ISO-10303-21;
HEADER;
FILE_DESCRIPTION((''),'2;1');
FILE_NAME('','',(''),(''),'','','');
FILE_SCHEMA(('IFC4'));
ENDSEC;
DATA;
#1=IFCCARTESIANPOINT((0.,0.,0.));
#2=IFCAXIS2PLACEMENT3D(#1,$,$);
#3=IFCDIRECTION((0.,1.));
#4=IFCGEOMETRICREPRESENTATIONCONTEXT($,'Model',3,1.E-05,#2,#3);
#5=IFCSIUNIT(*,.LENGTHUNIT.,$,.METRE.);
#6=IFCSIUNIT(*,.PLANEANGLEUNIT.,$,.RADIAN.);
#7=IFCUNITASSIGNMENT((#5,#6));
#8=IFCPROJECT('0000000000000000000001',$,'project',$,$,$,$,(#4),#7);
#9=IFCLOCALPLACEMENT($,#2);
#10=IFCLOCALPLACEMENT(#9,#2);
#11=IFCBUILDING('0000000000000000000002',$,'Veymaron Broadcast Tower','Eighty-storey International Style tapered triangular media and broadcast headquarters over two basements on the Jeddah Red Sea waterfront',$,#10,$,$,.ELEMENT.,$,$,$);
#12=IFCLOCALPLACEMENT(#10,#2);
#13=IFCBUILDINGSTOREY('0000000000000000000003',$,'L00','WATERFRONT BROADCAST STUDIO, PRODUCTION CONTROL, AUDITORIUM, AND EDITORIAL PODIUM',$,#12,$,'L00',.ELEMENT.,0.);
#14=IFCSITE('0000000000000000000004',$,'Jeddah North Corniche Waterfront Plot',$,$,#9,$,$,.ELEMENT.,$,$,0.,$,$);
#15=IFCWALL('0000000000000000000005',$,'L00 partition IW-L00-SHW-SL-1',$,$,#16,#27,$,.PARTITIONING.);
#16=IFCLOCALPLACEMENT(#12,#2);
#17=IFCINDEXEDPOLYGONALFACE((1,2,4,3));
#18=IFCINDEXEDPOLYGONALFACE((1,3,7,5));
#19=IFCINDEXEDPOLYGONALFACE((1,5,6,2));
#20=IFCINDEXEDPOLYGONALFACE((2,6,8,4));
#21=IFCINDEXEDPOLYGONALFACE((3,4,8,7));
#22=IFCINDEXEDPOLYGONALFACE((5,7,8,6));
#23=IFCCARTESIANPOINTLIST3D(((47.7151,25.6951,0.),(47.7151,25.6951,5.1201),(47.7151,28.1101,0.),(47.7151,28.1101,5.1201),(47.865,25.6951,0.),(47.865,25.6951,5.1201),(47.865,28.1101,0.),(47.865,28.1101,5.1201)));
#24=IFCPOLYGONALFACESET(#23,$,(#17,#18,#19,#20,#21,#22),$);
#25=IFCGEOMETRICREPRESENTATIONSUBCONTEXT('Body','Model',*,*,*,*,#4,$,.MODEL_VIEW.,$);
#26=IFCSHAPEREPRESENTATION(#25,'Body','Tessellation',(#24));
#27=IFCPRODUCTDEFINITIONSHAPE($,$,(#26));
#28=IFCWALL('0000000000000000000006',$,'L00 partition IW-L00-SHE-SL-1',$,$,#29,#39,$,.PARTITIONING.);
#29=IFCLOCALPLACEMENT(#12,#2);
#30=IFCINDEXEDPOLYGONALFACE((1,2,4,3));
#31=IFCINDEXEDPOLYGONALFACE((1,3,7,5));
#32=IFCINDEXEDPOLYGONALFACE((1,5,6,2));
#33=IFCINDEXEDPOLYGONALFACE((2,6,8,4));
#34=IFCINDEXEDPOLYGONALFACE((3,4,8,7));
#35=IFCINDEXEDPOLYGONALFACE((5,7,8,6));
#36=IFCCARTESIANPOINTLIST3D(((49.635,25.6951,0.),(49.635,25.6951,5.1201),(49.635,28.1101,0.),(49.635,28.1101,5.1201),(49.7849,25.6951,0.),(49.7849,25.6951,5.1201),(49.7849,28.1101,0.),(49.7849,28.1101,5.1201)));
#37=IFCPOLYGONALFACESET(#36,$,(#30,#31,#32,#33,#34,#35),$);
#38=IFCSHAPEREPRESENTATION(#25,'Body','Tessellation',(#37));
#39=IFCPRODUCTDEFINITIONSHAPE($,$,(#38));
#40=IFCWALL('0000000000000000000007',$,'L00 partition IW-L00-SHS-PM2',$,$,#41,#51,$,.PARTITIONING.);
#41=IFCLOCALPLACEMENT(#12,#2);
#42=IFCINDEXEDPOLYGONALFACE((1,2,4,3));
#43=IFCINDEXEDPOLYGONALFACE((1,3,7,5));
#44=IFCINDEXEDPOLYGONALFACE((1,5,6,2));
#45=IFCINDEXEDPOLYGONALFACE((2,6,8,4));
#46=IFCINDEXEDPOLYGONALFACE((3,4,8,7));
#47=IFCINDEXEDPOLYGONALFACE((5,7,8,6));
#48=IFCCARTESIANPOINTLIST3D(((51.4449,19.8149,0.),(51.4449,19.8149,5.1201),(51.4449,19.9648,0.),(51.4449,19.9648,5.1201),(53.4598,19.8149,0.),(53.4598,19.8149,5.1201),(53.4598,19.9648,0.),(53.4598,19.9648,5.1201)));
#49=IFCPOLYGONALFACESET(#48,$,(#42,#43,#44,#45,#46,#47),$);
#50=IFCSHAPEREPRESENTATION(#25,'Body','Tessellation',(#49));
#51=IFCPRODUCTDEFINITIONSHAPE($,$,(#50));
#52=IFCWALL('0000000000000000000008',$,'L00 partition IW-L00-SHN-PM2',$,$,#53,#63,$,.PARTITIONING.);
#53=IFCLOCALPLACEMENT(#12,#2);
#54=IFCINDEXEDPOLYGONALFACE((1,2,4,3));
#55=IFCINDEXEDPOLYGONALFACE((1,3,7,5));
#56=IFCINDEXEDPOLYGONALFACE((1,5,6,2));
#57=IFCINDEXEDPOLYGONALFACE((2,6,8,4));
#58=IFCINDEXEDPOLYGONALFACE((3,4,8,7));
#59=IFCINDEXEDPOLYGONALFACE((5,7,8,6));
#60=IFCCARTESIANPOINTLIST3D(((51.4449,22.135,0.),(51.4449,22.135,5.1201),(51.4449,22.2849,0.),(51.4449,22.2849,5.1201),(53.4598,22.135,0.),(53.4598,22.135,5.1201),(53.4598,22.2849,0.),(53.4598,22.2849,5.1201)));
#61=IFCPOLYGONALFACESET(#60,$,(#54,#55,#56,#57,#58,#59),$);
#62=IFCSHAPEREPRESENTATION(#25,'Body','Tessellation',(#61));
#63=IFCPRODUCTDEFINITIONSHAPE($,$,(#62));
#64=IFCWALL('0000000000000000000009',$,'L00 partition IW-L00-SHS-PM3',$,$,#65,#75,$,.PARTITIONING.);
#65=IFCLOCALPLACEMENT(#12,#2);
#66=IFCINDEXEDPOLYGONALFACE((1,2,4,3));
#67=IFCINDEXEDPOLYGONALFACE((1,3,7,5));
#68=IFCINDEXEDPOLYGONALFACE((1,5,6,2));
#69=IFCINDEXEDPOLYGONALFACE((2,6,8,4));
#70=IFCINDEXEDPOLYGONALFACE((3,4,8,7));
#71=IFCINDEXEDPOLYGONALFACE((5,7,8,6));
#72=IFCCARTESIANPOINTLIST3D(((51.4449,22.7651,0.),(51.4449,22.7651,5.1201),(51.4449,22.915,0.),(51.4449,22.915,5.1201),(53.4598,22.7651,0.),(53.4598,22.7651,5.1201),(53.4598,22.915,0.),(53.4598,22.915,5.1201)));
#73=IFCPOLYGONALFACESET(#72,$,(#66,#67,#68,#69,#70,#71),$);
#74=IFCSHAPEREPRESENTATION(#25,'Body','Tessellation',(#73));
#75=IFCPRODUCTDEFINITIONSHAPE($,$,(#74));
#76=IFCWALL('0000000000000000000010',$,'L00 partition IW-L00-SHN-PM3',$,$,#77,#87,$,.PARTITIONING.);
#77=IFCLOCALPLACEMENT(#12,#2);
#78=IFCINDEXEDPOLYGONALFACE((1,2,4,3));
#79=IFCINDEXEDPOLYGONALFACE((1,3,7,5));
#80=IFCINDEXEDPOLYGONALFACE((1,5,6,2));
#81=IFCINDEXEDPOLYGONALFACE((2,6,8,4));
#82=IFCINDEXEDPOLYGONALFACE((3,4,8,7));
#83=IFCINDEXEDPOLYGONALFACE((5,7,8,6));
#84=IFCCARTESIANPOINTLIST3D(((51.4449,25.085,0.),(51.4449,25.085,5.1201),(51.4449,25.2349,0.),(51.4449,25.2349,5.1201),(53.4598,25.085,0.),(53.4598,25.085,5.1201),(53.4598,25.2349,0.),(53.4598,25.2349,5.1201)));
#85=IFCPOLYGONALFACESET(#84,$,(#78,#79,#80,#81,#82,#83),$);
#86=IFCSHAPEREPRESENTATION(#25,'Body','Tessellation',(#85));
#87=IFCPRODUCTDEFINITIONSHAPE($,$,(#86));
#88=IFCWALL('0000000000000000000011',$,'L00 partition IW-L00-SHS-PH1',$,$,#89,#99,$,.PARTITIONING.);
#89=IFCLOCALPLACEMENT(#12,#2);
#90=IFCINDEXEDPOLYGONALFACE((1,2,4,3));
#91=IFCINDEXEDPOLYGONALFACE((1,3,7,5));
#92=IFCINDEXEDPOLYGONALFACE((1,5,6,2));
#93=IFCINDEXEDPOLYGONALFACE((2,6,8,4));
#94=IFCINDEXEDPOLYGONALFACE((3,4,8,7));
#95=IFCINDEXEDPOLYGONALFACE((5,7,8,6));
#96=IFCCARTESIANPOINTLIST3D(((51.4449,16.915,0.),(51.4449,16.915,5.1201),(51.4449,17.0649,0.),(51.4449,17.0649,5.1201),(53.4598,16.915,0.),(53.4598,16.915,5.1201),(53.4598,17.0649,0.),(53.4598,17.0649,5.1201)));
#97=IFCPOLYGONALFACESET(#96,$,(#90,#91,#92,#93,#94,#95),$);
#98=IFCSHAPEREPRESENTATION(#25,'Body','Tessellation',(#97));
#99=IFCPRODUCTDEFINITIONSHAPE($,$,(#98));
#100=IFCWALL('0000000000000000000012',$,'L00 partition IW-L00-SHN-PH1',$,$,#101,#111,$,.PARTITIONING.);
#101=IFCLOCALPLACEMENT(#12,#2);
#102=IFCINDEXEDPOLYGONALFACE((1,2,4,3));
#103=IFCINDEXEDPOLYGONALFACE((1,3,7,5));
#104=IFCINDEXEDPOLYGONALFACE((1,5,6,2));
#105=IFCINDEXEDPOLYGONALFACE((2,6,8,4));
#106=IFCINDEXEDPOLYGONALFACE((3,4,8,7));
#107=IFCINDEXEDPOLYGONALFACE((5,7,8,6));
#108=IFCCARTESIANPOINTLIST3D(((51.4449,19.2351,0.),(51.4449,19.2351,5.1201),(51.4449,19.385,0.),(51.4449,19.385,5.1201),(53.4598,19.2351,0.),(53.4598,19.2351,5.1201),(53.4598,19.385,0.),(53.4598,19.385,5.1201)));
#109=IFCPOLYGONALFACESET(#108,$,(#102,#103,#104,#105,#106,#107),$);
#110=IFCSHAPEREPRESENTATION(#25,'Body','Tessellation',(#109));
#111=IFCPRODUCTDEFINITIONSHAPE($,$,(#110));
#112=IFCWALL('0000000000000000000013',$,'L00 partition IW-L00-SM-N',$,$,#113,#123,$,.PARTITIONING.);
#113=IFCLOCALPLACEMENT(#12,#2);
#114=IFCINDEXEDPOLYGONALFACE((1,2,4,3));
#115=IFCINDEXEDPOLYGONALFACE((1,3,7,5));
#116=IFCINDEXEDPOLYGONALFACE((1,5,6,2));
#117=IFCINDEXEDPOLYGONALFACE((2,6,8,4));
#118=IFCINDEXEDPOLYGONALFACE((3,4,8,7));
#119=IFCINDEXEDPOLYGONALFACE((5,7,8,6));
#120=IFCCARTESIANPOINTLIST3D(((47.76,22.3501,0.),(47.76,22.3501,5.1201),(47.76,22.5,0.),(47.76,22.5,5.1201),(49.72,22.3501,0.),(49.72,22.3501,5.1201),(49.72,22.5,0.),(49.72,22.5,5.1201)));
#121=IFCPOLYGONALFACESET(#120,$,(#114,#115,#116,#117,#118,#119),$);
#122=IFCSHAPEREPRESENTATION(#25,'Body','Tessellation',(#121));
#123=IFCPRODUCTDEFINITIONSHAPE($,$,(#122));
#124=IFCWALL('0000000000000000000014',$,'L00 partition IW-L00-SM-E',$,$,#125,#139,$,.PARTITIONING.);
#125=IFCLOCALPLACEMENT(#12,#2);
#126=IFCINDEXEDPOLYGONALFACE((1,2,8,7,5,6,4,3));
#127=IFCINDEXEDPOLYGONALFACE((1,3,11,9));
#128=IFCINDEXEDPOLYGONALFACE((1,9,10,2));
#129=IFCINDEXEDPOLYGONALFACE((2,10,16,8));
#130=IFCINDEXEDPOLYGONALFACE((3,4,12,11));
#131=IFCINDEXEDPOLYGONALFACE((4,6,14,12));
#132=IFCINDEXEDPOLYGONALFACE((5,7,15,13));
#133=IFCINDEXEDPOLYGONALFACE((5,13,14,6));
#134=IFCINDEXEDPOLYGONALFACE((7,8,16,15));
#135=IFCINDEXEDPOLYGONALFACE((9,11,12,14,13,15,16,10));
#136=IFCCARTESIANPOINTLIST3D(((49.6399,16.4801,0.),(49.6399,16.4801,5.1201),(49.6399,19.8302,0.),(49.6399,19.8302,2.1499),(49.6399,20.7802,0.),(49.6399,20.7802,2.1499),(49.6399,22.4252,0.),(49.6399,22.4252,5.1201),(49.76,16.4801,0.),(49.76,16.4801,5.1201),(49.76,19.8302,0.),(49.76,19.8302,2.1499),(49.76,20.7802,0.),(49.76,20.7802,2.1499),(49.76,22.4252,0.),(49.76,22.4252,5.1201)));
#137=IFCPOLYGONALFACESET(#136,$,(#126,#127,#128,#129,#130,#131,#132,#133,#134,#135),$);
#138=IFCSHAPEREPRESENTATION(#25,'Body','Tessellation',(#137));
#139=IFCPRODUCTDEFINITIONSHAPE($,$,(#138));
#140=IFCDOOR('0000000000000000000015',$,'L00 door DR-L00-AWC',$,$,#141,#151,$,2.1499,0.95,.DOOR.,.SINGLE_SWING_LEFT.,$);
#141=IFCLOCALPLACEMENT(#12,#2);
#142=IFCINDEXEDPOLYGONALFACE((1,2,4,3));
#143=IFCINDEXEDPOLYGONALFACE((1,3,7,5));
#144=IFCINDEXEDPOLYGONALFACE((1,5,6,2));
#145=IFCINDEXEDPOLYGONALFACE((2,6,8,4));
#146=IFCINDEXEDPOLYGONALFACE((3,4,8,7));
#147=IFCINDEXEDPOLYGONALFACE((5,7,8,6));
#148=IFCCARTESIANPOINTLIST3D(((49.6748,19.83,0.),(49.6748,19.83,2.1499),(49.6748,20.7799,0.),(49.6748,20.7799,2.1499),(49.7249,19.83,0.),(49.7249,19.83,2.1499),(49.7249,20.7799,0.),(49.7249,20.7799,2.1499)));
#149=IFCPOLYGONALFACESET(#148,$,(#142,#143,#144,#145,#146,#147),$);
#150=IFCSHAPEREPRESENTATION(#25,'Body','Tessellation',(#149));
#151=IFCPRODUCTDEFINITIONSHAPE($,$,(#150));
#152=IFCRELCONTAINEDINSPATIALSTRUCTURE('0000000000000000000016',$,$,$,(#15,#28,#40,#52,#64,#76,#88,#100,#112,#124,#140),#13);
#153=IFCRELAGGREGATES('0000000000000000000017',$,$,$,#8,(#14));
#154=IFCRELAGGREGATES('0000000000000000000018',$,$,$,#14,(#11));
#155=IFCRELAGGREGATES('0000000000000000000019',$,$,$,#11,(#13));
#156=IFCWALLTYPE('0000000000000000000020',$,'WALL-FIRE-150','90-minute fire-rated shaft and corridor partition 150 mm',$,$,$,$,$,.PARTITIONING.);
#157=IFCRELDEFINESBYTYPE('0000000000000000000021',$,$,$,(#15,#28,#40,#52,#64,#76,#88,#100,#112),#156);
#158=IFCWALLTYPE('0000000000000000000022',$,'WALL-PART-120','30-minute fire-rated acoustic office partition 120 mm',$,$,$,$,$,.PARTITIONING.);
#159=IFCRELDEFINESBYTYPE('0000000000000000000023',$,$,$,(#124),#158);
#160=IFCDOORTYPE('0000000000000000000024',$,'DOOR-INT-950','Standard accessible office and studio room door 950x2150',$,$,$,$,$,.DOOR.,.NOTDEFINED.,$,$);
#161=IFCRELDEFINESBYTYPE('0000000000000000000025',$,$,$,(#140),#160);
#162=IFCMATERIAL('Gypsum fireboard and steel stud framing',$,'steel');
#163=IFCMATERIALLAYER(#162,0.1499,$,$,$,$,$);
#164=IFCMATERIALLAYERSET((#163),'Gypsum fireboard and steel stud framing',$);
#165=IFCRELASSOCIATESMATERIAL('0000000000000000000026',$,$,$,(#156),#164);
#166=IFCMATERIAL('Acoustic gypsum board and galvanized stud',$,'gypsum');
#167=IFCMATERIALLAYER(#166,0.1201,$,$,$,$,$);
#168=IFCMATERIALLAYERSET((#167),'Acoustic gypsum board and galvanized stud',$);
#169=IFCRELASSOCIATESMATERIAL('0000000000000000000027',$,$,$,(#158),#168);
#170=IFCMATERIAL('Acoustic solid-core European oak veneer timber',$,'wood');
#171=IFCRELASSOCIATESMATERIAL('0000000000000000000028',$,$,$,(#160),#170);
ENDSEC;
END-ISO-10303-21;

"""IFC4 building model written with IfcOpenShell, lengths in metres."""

from ifc_helpers import new_model, si_unit, direction, frame, frame_2d, origin, place, context, subcontext, project, spatial, rectangle, extrude, material, layer, layer_set, type_object, element, fill, save


model = new_model("IFC4")

# Units and contexts
model_context = context("Model", 3, precision=1e-05, world=origin(), true_north=direction((0.0, 1.0)))
body_context = subcontext(model_context, "Body", "Model", "MODEL_VIEW")
ifc_project = project(units=[si_unit("LENGTHUNIT", "METRE"), si_unit("PLANEANGLEUNIT", "RADIAN")], contexts=[model_context])

# Site, building, storey
site_placement = place(None, origin())
site = spatial("IfcSite", under=ifc_project, at=site_placement, Name="Jeddah North Corniche Waterfront Plot", CompositionType="ELEMENT", RefElevation=0.0)
building_placement = place(site_placement, origin())
building = spatial("IfcBuilding", under=site, at=building_placement, Name="Veymaron Broadcast Tower", Description="Eighty-storey International Style tapered triangular media and broadcast headquarters over two basements on the Jeddah Red Sea waterfront", CompositionType="ELEMENT")
storey_placement = place(building_placement, origin())
storey = spatial("IfcBuildingStorey", under=building, at=storey_placement, Name="L00", Description="WATERFRONT BROADCAST STUDIO, PRODUCTION CONTROL, AUDITORIUM, AND EDITORIAL PODIUM", LongName="L00", CompositionType="ELEMENT", Elevation=0.0)

# Shared definitions
ifc_material_1 = material(Name="Gypsum fireboard and steel stud framing", Category="steel")
ifc_layer_1 = layer(ifc_material_1, 0.1499)
ifc_layer_set_1 = layer_set([ifc_layer_1], Name="Gypsum fireboard and steel stud framing")
wall_type_1 = type_object("IfcWallType", Name="WALL-FIRE-150", Description="90-minute fire-rated shaft and corridor partition 150 mm", PredefinedType="PARTITIONING", material=ifc_layer_set_1)

# Walls
for number, where, z_axis, x_axis, name in (
    (1, (47.79, 25.6951, 0.0), (0.0, 0.0, 1.0), (0.0, 1.0, 0.0), "L00 partition IW-L00-SHW-SL-1"),
    (2, (49.71, 25.6951, 0.0), (0.0, 0.0, 1.0), (0.0, 1.0, 0.0), "L00 partition IW-L00-SHE-SL-1"),
):
    element("IfcWall", number, at=place(storey_placement, frame(where, z_axis=z_axis, x_axis=x_axis)), inside=storey, type_object=wall_type_1, Name=name, PredefinedType="PARTITIONING", context=body_context, shape_type="SweptSolid", body=[
        extrude(rectangle(XDim=2.415, YDim=0.1499, at=frame_2d((1.2075, 0.0))), origin(), (0.0, 0.0, 1.0), 5.1201),
    ])

# Walls
for number, where, z_axis, x_axis, name in (
    (3, (51.4451, 19.8899, 0.0), (0.0, 0.0, 1.0), (1.0, 0.0, 0.0), "L00 partition IW-L00-SHS-PM2"),
    (4, (51.4451, 22.21, 0.0), (0.0, 0.0, 1.0), (1.0, 0.0, 0.0), "L00 partition IW-L00-SHN-PM2"),
):
    element("IfcWall", number, at=place(storey_placement, frame(where, z_axis=z_axis, x_axis=x_axis)), inside=storey, type_object=wall_type_1, Name=name, PredefinedType="PARTITIONING", context=body_context, shape_type="SweptSolid", body=[
        extrude(rectangle(XDim=2.0149, YDim=0.1499, at=frame_2d((1.0073, 0.0))), origin(), (0.0, 0.0, 1.0), 5.1201),
    ])

# Walls
for number, where, z_axis, x_axis, name in (
    (5, (51.4451, 22.8401, 0.0), (0.0, 0.0, 1.0), (1.0, 0.0, 0.0), "L00 partition IW-L00-SHS-PM3"),
    (6, (51.4451, 25.1599, 0.0), (0.0, 0.0, 1.0), (1.0, 0.0, 0.0), "L00 partition IW-L00-SHN-PM3"),
):
    element("IfcWall", number, at=place(storey_placement, frame(where, z_axis=z_axis, x_axis=x_axis)), inside=storey, type_object=wall_type_1, Name=name, PredefinedType="PARTITIONING", context=body_context, shape_type="SweptSolid", body=[
        extrude(rectangle(XDim=2.0149, YDim=0.1499, at=frame_2d((1.0073, 0.0))), origin(), (0.0, 0.0, 1.0), 5.1201),
    ])

# Walls
for number, where, z_axis, x_axis, name in (
    (7, (51.4451, 16.99, 0.0), (0.0, 0.0, 1.0), (1.0, 0.0, 0.0), "L00 partition IW-L00-SHS-PH1"),
    (8, (51.4451, 19.3101, 0.0), (0.0, 0.0, 1.0), (1.0, 0.0, 0.0), "L00 partition IW-L00-SHN-PH1"),
):
    element("IfcWall", number, at=place(storey_placement, frame(where, z_axis=z_axis, x_axis=x_axis)), inside=storey, type_object=wall_type_1, Name=name, PredefinedType="PARTITIONING", context=body_context, shape_type="SweptSolid", body=[
        extrude(rectangle(XDim=2.0149, YDim=0.1499, at=frame_2d((1.0073, 0.0))), origin(), (0.0, 0.0, 1.0), 5.1201),
    ])

# Wall
wall_1_placement = place(storey_placement, frame((47.76, 22.425, 0.0), z_axis=(0.0, 0.0, 1.0), x_axis=(1.0, 0.0, 0.0)))
element("IfcWall", 9, at=wall_1_placement, inside=storey, type_object=wall_type_1, Name="L00 partition IW-L00-SM-N", PredefinedType="PARTITIONING", context=body_context, shape_type="SweptSolid", body=[
    extrude(rectangle(XDim=1.96, YDim=0.1499, at=frame_2d((0.98, 0.0))), origin(), (0.0, 0.0, 1.0), 5.1201),
])

# Wall, opening, door
ifc_material_2 = material(Name="Acoustic gypsum board and galvanized stud", Category="gypsum")
ifc_layer_2 = layer(ifc_material_2, 0.1201)
ifc_layer_set_2 = layer_set([ifc_layer_2], Name="Acoustic gypsum board and galvanized stud")
wall_type_2 = type_object("IfcWallType", Name="WALL-PART-120", Description="30-minute fire-rated acoustic office partition 120 mm", PredefinedType="PARTITIONING", material=ifc_layer_set_2)
wall_2_placement = place(storey_placement, frame((49.7, 16.48, 0.0), z_axis=(0.0, 0.0, 1.0), x_axis=(0.0, 1.0, 0.0)))
wall_2 = element("IfcWall", 10, at=wall_2_placement, inside=storey, type_object=wall_type_2, Name="L00 partition IW-L00-SM-E", PredefinedType="PARTITIONING", context=body_context, shape_type="SweptSolid", body=[
    extrude(rectangle(XDim=5.9451, YDim=0.1201, at=frame_2d((2.9727, 0.0))), origin(), (0.0, 0.0, 1.0), 5.1201),
])
opening_1_placement = place(wall_2_placement, frame((3.3501, 0.0, 0.0)))
opening_1 = element("IfcOpeningElement", 11, at=opening_1_placement, cuts=wall_2, PredefinedType="OPENING", context=body_context, shape_type="SweptSolid", body=[
    extrude(rectangle(XDim=0.95, YDim=2.1499, at=frame_2d((0.4751, 1.075))), frame((0.0, 0.0701, 0.0), z_axis=(0.0, -1.0, 0.0), x_axis=(1.0, 0.0, 0.0)), (0.0, 0.0, 1.0), 0.1401),
])
ifc_material_3 = material(Name="Acoustic solid-core European oak veneer timber", Category="wood")
door_type_1 = type_object("IfcDoorType", Name="DOOR-INT-950", Description="Standard accessible office and studio room door 950x2150", OperationType="NOTDEFINED", PredefinedType="DOOR", material=ifc_material_3)
door_1_placement = place(opening_1_placement, frame((0.95, 0.0, 0.0), z_axis=(0.0, 0.0, 1.0), x_axis=(-1.0, 0.0, 0.0)))
door_1 = element("IfcDoor", 12, at=door_1_placement, inside=storey, type_object=door_type_1, Name="L00 door DR-L00-AWC", OperationType="SINGLE_SWING_LEFT", OverallHeight=2.1499, OverallWidth=0.95, PredefinedType="DOOR", context=body_context, shape_type="SweptSolid", body=[
    extrude(rectangle(XDim=0.95, YDim=2.1499, at=frame_2d((0.4751, 1.075))), frame((0.0, 0.0249, 0.0), z_axis=(0.0, -1.0, 0.0), x_axis=(1.0, 0.0, 0.0)), (0.0, 0.0, 1.0), 0.05),
])
fill(opening_1, door_1)

save(model, "model.ifc")
